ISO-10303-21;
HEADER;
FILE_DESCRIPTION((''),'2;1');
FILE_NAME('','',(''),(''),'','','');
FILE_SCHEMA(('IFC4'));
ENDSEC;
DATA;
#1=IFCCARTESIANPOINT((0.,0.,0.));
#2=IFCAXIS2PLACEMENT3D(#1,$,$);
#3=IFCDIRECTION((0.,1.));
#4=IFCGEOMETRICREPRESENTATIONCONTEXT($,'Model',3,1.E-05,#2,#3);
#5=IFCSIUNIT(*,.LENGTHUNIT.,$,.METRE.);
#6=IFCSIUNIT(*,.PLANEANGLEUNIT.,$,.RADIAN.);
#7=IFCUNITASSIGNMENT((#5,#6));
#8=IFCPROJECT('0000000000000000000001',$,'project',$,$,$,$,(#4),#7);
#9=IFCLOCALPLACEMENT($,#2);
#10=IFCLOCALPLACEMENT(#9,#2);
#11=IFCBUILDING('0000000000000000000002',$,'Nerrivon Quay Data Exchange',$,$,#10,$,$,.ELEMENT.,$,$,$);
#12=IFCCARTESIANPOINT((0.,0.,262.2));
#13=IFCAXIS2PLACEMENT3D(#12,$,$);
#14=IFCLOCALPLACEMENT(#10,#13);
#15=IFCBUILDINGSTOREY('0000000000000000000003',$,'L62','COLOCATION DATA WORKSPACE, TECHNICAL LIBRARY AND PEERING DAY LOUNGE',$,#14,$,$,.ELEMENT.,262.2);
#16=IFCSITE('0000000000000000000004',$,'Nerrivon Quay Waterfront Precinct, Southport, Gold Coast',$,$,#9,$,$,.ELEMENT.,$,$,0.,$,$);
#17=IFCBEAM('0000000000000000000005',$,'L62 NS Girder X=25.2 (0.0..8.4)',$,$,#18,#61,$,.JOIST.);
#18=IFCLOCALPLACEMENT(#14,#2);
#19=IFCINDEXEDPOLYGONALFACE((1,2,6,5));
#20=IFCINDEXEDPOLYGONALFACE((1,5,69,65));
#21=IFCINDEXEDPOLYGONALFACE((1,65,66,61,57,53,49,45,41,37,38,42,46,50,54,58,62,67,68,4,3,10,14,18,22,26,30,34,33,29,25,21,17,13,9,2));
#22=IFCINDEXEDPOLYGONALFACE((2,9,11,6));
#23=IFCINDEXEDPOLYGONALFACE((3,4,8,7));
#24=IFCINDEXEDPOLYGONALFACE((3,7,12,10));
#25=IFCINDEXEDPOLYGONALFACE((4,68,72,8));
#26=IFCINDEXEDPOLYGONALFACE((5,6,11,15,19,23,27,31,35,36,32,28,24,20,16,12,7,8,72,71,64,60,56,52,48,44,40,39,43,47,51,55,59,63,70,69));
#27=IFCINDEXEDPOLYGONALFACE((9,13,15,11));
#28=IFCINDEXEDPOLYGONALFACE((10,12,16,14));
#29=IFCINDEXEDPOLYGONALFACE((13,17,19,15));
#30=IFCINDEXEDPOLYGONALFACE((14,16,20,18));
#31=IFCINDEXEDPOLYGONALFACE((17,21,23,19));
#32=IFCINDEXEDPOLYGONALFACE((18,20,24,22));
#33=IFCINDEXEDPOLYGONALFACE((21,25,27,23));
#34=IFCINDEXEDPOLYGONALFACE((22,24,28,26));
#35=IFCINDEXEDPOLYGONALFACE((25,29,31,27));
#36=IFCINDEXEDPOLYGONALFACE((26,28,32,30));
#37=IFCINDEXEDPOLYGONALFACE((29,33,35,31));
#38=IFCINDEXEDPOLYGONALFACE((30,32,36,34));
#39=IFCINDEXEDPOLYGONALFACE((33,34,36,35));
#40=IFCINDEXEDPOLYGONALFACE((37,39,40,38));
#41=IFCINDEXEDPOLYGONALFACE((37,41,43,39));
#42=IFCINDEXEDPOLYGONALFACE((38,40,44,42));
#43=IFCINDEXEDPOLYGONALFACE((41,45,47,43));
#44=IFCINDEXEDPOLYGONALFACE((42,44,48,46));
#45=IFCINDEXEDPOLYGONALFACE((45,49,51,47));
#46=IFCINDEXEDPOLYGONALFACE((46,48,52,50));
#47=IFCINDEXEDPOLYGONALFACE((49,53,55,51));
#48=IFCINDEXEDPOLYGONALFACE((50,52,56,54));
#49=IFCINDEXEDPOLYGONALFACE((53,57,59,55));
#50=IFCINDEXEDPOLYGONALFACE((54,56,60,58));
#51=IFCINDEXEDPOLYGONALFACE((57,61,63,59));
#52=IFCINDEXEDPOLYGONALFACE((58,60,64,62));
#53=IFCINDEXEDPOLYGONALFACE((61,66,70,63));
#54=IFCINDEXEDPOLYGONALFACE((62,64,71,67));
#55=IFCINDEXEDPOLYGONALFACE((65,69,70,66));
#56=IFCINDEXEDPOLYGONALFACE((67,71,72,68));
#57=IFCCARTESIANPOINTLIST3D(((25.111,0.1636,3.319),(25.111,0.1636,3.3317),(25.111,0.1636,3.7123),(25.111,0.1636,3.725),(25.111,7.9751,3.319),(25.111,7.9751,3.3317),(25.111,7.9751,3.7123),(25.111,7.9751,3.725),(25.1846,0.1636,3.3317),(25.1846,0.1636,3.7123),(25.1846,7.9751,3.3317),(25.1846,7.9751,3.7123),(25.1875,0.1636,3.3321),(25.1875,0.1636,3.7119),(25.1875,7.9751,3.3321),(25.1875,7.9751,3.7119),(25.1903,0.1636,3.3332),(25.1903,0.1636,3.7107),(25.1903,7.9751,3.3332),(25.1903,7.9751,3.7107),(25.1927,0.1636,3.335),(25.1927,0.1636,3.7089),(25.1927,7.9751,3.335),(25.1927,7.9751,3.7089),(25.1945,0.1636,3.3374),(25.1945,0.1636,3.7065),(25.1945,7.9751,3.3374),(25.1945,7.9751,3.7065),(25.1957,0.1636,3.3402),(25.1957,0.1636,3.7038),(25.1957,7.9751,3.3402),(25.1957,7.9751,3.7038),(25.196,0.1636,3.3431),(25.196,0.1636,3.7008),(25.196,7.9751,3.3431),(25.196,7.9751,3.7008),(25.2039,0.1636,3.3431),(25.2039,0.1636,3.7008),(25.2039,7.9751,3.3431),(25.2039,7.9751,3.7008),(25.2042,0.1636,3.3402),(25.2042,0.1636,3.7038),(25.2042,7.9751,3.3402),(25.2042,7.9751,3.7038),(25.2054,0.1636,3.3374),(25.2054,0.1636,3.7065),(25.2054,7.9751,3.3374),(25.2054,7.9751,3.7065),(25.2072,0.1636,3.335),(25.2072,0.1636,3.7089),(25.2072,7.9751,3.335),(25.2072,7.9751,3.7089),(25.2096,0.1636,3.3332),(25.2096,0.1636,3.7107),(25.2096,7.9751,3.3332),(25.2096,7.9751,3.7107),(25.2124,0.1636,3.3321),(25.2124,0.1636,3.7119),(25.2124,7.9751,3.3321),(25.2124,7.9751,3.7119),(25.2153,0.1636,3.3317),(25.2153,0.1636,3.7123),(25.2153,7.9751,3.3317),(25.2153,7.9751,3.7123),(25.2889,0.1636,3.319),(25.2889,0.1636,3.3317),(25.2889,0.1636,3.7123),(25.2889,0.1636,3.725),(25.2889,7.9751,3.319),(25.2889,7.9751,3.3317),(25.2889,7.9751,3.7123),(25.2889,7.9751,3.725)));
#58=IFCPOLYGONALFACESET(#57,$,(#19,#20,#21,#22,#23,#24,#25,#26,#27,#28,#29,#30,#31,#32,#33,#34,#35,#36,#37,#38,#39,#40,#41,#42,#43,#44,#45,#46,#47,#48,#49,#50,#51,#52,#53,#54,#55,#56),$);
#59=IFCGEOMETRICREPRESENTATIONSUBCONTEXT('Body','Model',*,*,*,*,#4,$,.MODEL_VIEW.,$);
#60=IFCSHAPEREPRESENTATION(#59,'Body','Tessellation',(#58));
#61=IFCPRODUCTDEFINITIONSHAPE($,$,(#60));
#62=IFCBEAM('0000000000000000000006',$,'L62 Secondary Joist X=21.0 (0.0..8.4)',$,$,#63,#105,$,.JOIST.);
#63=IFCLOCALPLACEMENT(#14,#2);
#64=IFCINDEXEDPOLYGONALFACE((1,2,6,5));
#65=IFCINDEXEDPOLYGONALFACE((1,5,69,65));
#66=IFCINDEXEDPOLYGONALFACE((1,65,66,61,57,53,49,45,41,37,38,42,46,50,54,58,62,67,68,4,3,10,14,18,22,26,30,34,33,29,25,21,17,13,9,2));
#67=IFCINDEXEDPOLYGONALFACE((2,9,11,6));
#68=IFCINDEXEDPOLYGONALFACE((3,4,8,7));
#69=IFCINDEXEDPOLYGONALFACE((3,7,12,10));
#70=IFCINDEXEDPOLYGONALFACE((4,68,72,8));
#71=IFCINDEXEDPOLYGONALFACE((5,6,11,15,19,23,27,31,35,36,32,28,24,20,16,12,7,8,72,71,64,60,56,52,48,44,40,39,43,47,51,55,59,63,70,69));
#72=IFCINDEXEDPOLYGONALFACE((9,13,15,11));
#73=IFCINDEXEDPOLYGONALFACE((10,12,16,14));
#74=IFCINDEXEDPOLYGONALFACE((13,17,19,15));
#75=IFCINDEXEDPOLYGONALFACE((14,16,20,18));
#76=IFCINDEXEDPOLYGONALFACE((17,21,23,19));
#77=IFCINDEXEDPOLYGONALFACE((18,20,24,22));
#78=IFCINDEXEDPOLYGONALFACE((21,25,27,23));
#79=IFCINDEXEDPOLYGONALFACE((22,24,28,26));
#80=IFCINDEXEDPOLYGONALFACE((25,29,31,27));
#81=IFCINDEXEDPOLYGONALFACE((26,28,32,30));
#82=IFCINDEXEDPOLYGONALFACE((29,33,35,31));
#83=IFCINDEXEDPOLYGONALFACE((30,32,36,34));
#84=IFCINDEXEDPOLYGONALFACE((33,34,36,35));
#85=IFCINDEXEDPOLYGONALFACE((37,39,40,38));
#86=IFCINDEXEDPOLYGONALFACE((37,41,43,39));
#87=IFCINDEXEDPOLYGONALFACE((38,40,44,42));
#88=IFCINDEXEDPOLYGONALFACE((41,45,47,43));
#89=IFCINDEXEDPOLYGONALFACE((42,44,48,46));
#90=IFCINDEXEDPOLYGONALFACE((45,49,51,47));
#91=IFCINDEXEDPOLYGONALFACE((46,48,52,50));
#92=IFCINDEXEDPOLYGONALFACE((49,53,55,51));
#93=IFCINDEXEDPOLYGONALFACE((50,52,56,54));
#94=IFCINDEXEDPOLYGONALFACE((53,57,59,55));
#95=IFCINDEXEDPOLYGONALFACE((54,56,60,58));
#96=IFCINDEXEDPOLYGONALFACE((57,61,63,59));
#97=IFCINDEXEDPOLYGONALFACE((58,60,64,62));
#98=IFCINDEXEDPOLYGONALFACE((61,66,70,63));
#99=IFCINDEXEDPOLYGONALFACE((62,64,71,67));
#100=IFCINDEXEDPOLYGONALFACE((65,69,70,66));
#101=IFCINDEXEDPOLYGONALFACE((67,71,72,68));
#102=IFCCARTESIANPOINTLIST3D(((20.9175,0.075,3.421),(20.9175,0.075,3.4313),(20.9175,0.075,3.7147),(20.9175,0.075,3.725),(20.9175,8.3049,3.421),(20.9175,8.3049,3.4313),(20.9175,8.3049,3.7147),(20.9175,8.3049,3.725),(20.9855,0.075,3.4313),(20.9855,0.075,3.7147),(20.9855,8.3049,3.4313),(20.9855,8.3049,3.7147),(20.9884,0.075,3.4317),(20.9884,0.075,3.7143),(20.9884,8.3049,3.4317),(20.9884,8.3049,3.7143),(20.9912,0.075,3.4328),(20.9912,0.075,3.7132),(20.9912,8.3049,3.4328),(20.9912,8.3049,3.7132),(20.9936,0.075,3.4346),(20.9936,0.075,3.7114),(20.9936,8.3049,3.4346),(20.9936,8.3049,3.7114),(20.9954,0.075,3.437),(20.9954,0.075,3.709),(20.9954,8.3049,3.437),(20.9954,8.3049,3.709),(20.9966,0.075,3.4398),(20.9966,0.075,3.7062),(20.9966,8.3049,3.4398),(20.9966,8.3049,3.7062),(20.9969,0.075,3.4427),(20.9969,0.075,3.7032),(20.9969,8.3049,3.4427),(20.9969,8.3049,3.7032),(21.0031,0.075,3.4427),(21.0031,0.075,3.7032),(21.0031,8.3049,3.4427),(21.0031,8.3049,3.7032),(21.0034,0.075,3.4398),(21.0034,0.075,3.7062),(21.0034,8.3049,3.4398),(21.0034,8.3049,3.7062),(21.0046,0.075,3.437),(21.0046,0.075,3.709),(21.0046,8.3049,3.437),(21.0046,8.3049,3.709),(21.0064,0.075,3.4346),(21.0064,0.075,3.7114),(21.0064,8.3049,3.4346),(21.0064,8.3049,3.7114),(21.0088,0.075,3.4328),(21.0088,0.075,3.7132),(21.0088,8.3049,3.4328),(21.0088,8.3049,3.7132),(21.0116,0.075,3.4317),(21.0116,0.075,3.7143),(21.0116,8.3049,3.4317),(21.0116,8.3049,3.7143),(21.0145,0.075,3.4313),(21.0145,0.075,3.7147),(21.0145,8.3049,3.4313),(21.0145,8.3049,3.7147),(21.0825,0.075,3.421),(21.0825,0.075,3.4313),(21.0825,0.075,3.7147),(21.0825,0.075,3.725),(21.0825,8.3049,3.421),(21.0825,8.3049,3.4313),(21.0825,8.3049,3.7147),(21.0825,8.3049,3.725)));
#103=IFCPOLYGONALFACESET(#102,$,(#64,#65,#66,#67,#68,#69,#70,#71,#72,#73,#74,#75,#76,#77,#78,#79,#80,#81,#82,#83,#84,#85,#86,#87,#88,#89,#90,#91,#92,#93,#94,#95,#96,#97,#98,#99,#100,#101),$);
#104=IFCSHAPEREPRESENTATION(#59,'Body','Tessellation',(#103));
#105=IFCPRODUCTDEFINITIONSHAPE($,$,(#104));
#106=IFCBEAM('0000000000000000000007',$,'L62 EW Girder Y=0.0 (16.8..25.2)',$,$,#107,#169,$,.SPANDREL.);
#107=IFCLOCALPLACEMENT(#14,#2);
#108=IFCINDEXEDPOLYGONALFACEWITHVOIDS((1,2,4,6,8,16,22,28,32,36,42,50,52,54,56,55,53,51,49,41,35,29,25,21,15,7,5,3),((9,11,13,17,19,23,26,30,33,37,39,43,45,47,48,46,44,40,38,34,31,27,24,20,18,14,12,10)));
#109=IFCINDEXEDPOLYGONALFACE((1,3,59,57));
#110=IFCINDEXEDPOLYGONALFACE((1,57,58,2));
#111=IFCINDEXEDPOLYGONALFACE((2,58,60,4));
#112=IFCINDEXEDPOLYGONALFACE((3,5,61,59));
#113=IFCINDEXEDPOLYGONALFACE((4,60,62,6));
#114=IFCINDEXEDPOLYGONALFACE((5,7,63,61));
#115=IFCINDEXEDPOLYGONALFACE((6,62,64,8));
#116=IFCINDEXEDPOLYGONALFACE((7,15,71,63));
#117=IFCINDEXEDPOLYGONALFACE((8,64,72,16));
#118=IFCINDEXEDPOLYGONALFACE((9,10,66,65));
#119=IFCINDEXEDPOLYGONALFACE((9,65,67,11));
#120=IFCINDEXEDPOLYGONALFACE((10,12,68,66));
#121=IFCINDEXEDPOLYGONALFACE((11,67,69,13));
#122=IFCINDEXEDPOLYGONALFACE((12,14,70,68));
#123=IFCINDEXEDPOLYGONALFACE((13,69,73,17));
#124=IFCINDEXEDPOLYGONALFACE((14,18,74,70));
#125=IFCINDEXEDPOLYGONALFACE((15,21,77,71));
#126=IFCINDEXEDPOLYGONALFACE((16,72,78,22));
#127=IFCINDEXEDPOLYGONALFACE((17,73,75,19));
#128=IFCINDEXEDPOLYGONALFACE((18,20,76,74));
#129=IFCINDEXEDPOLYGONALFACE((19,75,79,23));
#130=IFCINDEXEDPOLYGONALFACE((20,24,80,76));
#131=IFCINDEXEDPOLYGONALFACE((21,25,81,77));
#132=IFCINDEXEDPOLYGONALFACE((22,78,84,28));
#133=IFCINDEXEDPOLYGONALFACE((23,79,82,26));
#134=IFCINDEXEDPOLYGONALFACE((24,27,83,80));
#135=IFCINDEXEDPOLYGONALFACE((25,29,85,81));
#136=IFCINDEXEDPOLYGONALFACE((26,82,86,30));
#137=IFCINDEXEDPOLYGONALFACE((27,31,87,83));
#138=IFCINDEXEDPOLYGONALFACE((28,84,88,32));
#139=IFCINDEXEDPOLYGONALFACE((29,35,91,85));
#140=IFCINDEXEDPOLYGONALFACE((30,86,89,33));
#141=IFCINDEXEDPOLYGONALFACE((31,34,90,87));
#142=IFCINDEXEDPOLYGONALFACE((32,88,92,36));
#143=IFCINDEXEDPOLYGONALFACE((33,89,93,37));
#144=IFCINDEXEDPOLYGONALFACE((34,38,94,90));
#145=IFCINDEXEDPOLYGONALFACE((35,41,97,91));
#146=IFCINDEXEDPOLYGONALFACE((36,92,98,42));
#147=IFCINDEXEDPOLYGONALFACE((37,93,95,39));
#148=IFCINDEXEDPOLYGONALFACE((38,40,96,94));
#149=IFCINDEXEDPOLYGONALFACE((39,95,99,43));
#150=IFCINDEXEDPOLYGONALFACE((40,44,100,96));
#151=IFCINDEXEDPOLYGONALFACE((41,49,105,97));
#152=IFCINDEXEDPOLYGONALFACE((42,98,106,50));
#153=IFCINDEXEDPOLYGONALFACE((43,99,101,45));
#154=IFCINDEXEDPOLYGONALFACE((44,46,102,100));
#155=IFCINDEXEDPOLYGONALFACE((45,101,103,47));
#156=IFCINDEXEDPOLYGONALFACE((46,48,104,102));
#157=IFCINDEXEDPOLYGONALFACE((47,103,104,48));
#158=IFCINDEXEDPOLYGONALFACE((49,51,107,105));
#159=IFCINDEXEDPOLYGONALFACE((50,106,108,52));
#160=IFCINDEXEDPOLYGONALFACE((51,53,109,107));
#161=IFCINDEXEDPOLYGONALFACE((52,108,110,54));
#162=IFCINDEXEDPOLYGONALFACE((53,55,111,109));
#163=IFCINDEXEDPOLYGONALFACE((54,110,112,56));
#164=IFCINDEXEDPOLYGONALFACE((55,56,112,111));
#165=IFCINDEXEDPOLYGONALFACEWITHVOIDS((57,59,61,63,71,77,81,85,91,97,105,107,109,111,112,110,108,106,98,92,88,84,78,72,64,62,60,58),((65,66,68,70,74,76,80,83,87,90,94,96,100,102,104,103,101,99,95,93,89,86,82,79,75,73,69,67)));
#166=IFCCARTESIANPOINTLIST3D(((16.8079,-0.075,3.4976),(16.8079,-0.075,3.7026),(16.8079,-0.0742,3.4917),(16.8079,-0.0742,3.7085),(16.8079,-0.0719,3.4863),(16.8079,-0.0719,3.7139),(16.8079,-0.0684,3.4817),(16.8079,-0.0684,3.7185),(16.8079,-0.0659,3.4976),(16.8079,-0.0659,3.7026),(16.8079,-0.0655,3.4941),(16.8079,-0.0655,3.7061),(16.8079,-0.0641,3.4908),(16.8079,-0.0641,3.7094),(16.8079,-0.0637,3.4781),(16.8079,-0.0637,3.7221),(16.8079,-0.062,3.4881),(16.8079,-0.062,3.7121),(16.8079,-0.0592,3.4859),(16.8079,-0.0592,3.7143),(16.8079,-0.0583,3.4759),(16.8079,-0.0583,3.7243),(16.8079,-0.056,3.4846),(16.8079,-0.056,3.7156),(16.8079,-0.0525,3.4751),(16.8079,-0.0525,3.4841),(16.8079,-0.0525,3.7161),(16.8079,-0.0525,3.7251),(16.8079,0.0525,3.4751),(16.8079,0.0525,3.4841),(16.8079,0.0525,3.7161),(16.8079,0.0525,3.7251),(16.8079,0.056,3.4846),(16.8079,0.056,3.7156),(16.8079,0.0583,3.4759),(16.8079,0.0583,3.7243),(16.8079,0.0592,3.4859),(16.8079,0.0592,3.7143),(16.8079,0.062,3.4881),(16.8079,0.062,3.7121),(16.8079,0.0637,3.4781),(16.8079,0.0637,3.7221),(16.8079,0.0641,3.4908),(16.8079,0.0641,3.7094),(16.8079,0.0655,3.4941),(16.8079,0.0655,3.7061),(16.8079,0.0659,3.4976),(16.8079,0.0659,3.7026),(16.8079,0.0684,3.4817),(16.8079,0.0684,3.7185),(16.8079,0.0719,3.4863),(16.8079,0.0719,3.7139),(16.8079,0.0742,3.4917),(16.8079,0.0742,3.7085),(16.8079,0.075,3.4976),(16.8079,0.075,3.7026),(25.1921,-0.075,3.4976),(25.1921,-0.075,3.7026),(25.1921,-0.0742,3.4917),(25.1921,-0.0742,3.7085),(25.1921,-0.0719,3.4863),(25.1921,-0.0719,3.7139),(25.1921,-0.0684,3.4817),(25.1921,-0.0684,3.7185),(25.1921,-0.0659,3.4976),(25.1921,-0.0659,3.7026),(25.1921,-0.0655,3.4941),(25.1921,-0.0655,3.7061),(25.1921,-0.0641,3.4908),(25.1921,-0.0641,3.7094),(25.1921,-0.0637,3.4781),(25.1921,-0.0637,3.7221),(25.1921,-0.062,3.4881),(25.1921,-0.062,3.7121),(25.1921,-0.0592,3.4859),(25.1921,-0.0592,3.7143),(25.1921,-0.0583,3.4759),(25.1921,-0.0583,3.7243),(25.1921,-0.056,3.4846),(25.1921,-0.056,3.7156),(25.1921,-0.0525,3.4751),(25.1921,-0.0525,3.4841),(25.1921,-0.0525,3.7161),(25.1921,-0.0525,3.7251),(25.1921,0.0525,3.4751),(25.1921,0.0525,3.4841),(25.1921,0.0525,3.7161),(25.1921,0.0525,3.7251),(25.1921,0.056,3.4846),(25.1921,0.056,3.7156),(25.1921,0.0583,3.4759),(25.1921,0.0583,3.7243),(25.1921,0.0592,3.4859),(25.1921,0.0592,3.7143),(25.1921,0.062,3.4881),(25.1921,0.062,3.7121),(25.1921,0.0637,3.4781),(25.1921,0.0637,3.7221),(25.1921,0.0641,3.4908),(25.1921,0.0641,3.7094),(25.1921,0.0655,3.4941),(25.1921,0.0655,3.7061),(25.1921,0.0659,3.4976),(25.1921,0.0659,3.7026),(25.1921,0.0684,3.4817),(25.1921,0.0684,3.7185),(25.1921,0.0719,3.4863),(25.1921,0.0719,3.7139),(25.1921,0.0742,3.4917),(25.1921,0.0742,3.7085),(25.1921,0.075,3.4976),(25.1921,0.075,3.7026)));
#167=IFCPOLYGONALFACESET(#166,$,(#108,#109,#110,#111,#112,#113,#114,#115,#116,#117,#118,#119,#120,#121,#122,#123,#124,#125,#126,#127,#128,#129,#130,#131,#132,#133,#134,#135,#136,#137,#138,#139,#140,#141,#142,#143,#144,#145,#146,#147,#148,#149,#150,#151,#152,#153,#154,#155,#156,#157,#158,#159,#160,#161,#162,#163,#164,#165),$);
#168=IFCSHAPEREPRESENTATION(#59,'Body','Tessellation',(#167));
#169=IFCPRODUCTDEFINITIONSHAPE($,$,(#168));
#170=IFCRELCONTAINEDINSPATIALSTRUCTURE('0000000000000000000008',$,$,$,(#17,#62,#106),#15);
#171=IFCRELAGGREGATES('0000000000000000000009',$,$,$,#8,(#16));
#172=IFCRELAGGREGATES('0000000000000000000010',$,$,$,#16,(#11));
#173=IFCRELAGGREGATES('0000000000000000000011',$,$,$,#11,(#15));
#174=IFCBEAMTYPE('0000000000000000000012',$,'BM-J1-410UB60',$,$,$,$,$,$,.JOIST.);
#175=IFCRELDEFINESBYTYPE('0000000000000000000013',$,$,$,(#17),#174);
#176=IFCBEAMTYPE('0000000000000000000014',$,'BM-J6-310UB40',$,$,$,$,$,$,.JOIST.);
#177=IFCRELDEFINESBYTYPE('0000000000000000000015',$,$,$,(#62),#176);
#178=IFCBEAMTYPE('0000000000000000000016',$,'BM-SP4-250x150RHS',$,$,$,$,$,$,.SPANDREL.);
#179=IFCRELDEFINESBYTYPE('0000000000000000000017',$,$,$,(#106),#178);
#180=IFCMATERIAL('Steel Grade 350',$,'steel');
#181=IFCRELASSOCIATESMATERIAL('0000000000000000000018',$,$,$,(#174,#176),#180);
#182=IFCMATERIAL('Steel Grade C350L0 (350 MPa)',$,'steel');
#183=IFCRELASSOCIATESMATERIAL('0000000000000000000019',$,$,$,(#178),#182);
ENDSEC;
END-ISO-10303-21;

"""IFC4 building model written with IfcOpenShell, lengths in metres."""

from ifc_helpers import new_model, si_unit, direction, frame, origin, origin_2d, place, context, subcontext, project, spatial, hollow_rectangle, i_section, extrude, material, material_profile, profile_set, type_object, element, save


model = new_model("IFC4")

# Units and contexts
model_context = context("Model", 3, precision=1e-05, world=origin(), true_north=direction((0.0, 1.0)))
body_context = subcontext(model_context, "Body", "Model", "MODEL_VIEW")
ifc_project = project(units=[si_unit("LENGTHUNIT", "METRE"), si_unit("PLANEANGLEUNIT", "RADIAN")], contexts=[model_context])

# Site, building, storey
site_placement = place(None, origin())
site = spatial("IfcSite", under=ifc_project, at=site_placement, Name="Nerrivon Quay Waterfront Precinct, Southport, Gold Coast", CompositionType="ELEMENT", RefElevation=0.0)
building_placement = place(site_placement, origin())
building = spatial("IfcBuilding", under=site, at=building_placement, Name="Nerrivon Quay Data Exchange", CompositionType="ELEMENT")
storey_placement = place(building_placement, frame((0.0, 0.0, 262.2)))
storey = spatial("IfcBuildingStorey", under=building, at=storey_placement, Name="L62", Description="COLOCATION DATA WORKSPACE, TECHNICAL LIBRARY AND PEERING DAY LOUNGE", CompositionType="ELEMENT", Elevation=262.2)

# Shared definitions
ifc_material_1 = material(Name="Steel Grade 350", Category="steel")

# Beams
ifc_material_profile_1 = material_profile(ifc_material_1, i_section(OverallWidth=0.178, OverallDepth=0.406, WebThickness=0.0078, FlangeThickness=0.0127, FilletRadius=0.0115, at=origin_2d()), Name="410UB59.7")
ifc_profile_set_1 = profile_set([ifc_material_profile_1], Name="Steel Grade 350")
beam_type_1 = type_object("IfcBeamType", Name="BM-J1-410UB60", PredefinedType="JOIST", material=ifc_profile_set_1)
beam_1_placement = place(storey_placement, frame((25.2, 0.1636, 3.522), z_axis=(0.0, 1.0, 0.0), x_axis=(-1.0, 0.0, 0.0)))
element("IfcBeam", 1, at=beam_1_placement, inside=storey, type_object=beam_type_1, Name="L62 NS Girder X=25.2 (0.0..8.4)", PredefinedType="JOIST", context=body_context, shape_type="SweptSolid", body=[
    extrude(i_section(OverallWidth=0.178, OverallDepth=0.406, WebThickness=0.0078, FlangeThickness=0.0127, FilletRadius=0.0115, at=origin_2d()), origin(), (0.0, 0.0, 1.0), 7.8115),
])
ifc_material_profile_2 = material_profile(ifc_material_1, i_section(OverallWidth=0.165, OverallDepth=0.304, WebThickness=0.0061, FlangeThickness=0.0103, FilletRadius=0.0115, at=origin_2d()), Name="310UB40.4")
ifc_profile_set_2 = profile_set([ifc_material_profile_2], Name="Steel Grade 350")
beam_type_2 = type_object("IfcBeamType", Name="BM-J6-310UB40", PredefinedType="JOIST", material=ifc_profile_set_2)
beam_2_placement = place(storey_placement, frame((21.0, 0.075, 3.573), z_axis=(0.0, 1.0, 0.0), x_axis=(-1.0, 0.0, 0.0)))
element("IfcBeam", 2, at=beam_2_placement, inside=storey, type_object=beam_type_2, Name="L62 Secondary Joist X=21.0 (0.0..8.4)", PredefinedType="JOIST", context=body_context, shape_type="SweptSolid", body=[
    extrude(i_section(OverallWidth=0.165, OverallDepth=0.304, WebThickness=0.0061, FlangeThickness=0.0103, FilletRadius=0.0115, at=origin_2d()), origin(), (0.0, 0.0, 1.0), 8.23),
])
ifc_material_2 = material(Name="Steel Grade C350L0 (350 MPa)", Category="steel")
ifc_material_profile_3 = material_profile(ifc_material_2, hollow_rectangle(XDim=0.1499, YDim=0.25, WallThickness=0.009, InnerFilletRadius=0.0134, OuterFilletRadius=0.0225, at=origin_2d()), Name="250x150x9.0RHS")
ifc_profile_set_3 = profile_set([ifc_material_profile_3], Name="Steel Grade C350L0 (350 MPa)")
beam_type_3 = type_object("IfcBeamType", Name="BM-SP4-250x150RHS", PredefinedType="SPANDREL", material=ifc_profile_set_3)
for number, where, z_axis, x_axis, name in (
    (3, (16.8079, 0.0, 3.6001), (1.0, 0.0, 0.0), (0.0, 1.0, 0.0), "L62 EW Girder Y=0.0 (16.8..25.2)"),
):
    element("IfcBeam", number, at=place(storey_placement, frame(where, z_axis=z_axis, x_axis=x_axis)), inside=storey, type_object=beam_type_3, Name=name, PredefinedType="SPANDREL", context=body_context, shape_type="SweptSolid", body=[
        extrude(hollow_rectangle(XDim=0.1499, YDim=0.25, WallThickness=0.009, InnerFilletRadius=0.0134, OuterFilletRadius=0.0225, at=origin_2d()), origin(), (0.0, 0.0, 1.0), 8.3843),
    ])

save(model, "model.ifc")
